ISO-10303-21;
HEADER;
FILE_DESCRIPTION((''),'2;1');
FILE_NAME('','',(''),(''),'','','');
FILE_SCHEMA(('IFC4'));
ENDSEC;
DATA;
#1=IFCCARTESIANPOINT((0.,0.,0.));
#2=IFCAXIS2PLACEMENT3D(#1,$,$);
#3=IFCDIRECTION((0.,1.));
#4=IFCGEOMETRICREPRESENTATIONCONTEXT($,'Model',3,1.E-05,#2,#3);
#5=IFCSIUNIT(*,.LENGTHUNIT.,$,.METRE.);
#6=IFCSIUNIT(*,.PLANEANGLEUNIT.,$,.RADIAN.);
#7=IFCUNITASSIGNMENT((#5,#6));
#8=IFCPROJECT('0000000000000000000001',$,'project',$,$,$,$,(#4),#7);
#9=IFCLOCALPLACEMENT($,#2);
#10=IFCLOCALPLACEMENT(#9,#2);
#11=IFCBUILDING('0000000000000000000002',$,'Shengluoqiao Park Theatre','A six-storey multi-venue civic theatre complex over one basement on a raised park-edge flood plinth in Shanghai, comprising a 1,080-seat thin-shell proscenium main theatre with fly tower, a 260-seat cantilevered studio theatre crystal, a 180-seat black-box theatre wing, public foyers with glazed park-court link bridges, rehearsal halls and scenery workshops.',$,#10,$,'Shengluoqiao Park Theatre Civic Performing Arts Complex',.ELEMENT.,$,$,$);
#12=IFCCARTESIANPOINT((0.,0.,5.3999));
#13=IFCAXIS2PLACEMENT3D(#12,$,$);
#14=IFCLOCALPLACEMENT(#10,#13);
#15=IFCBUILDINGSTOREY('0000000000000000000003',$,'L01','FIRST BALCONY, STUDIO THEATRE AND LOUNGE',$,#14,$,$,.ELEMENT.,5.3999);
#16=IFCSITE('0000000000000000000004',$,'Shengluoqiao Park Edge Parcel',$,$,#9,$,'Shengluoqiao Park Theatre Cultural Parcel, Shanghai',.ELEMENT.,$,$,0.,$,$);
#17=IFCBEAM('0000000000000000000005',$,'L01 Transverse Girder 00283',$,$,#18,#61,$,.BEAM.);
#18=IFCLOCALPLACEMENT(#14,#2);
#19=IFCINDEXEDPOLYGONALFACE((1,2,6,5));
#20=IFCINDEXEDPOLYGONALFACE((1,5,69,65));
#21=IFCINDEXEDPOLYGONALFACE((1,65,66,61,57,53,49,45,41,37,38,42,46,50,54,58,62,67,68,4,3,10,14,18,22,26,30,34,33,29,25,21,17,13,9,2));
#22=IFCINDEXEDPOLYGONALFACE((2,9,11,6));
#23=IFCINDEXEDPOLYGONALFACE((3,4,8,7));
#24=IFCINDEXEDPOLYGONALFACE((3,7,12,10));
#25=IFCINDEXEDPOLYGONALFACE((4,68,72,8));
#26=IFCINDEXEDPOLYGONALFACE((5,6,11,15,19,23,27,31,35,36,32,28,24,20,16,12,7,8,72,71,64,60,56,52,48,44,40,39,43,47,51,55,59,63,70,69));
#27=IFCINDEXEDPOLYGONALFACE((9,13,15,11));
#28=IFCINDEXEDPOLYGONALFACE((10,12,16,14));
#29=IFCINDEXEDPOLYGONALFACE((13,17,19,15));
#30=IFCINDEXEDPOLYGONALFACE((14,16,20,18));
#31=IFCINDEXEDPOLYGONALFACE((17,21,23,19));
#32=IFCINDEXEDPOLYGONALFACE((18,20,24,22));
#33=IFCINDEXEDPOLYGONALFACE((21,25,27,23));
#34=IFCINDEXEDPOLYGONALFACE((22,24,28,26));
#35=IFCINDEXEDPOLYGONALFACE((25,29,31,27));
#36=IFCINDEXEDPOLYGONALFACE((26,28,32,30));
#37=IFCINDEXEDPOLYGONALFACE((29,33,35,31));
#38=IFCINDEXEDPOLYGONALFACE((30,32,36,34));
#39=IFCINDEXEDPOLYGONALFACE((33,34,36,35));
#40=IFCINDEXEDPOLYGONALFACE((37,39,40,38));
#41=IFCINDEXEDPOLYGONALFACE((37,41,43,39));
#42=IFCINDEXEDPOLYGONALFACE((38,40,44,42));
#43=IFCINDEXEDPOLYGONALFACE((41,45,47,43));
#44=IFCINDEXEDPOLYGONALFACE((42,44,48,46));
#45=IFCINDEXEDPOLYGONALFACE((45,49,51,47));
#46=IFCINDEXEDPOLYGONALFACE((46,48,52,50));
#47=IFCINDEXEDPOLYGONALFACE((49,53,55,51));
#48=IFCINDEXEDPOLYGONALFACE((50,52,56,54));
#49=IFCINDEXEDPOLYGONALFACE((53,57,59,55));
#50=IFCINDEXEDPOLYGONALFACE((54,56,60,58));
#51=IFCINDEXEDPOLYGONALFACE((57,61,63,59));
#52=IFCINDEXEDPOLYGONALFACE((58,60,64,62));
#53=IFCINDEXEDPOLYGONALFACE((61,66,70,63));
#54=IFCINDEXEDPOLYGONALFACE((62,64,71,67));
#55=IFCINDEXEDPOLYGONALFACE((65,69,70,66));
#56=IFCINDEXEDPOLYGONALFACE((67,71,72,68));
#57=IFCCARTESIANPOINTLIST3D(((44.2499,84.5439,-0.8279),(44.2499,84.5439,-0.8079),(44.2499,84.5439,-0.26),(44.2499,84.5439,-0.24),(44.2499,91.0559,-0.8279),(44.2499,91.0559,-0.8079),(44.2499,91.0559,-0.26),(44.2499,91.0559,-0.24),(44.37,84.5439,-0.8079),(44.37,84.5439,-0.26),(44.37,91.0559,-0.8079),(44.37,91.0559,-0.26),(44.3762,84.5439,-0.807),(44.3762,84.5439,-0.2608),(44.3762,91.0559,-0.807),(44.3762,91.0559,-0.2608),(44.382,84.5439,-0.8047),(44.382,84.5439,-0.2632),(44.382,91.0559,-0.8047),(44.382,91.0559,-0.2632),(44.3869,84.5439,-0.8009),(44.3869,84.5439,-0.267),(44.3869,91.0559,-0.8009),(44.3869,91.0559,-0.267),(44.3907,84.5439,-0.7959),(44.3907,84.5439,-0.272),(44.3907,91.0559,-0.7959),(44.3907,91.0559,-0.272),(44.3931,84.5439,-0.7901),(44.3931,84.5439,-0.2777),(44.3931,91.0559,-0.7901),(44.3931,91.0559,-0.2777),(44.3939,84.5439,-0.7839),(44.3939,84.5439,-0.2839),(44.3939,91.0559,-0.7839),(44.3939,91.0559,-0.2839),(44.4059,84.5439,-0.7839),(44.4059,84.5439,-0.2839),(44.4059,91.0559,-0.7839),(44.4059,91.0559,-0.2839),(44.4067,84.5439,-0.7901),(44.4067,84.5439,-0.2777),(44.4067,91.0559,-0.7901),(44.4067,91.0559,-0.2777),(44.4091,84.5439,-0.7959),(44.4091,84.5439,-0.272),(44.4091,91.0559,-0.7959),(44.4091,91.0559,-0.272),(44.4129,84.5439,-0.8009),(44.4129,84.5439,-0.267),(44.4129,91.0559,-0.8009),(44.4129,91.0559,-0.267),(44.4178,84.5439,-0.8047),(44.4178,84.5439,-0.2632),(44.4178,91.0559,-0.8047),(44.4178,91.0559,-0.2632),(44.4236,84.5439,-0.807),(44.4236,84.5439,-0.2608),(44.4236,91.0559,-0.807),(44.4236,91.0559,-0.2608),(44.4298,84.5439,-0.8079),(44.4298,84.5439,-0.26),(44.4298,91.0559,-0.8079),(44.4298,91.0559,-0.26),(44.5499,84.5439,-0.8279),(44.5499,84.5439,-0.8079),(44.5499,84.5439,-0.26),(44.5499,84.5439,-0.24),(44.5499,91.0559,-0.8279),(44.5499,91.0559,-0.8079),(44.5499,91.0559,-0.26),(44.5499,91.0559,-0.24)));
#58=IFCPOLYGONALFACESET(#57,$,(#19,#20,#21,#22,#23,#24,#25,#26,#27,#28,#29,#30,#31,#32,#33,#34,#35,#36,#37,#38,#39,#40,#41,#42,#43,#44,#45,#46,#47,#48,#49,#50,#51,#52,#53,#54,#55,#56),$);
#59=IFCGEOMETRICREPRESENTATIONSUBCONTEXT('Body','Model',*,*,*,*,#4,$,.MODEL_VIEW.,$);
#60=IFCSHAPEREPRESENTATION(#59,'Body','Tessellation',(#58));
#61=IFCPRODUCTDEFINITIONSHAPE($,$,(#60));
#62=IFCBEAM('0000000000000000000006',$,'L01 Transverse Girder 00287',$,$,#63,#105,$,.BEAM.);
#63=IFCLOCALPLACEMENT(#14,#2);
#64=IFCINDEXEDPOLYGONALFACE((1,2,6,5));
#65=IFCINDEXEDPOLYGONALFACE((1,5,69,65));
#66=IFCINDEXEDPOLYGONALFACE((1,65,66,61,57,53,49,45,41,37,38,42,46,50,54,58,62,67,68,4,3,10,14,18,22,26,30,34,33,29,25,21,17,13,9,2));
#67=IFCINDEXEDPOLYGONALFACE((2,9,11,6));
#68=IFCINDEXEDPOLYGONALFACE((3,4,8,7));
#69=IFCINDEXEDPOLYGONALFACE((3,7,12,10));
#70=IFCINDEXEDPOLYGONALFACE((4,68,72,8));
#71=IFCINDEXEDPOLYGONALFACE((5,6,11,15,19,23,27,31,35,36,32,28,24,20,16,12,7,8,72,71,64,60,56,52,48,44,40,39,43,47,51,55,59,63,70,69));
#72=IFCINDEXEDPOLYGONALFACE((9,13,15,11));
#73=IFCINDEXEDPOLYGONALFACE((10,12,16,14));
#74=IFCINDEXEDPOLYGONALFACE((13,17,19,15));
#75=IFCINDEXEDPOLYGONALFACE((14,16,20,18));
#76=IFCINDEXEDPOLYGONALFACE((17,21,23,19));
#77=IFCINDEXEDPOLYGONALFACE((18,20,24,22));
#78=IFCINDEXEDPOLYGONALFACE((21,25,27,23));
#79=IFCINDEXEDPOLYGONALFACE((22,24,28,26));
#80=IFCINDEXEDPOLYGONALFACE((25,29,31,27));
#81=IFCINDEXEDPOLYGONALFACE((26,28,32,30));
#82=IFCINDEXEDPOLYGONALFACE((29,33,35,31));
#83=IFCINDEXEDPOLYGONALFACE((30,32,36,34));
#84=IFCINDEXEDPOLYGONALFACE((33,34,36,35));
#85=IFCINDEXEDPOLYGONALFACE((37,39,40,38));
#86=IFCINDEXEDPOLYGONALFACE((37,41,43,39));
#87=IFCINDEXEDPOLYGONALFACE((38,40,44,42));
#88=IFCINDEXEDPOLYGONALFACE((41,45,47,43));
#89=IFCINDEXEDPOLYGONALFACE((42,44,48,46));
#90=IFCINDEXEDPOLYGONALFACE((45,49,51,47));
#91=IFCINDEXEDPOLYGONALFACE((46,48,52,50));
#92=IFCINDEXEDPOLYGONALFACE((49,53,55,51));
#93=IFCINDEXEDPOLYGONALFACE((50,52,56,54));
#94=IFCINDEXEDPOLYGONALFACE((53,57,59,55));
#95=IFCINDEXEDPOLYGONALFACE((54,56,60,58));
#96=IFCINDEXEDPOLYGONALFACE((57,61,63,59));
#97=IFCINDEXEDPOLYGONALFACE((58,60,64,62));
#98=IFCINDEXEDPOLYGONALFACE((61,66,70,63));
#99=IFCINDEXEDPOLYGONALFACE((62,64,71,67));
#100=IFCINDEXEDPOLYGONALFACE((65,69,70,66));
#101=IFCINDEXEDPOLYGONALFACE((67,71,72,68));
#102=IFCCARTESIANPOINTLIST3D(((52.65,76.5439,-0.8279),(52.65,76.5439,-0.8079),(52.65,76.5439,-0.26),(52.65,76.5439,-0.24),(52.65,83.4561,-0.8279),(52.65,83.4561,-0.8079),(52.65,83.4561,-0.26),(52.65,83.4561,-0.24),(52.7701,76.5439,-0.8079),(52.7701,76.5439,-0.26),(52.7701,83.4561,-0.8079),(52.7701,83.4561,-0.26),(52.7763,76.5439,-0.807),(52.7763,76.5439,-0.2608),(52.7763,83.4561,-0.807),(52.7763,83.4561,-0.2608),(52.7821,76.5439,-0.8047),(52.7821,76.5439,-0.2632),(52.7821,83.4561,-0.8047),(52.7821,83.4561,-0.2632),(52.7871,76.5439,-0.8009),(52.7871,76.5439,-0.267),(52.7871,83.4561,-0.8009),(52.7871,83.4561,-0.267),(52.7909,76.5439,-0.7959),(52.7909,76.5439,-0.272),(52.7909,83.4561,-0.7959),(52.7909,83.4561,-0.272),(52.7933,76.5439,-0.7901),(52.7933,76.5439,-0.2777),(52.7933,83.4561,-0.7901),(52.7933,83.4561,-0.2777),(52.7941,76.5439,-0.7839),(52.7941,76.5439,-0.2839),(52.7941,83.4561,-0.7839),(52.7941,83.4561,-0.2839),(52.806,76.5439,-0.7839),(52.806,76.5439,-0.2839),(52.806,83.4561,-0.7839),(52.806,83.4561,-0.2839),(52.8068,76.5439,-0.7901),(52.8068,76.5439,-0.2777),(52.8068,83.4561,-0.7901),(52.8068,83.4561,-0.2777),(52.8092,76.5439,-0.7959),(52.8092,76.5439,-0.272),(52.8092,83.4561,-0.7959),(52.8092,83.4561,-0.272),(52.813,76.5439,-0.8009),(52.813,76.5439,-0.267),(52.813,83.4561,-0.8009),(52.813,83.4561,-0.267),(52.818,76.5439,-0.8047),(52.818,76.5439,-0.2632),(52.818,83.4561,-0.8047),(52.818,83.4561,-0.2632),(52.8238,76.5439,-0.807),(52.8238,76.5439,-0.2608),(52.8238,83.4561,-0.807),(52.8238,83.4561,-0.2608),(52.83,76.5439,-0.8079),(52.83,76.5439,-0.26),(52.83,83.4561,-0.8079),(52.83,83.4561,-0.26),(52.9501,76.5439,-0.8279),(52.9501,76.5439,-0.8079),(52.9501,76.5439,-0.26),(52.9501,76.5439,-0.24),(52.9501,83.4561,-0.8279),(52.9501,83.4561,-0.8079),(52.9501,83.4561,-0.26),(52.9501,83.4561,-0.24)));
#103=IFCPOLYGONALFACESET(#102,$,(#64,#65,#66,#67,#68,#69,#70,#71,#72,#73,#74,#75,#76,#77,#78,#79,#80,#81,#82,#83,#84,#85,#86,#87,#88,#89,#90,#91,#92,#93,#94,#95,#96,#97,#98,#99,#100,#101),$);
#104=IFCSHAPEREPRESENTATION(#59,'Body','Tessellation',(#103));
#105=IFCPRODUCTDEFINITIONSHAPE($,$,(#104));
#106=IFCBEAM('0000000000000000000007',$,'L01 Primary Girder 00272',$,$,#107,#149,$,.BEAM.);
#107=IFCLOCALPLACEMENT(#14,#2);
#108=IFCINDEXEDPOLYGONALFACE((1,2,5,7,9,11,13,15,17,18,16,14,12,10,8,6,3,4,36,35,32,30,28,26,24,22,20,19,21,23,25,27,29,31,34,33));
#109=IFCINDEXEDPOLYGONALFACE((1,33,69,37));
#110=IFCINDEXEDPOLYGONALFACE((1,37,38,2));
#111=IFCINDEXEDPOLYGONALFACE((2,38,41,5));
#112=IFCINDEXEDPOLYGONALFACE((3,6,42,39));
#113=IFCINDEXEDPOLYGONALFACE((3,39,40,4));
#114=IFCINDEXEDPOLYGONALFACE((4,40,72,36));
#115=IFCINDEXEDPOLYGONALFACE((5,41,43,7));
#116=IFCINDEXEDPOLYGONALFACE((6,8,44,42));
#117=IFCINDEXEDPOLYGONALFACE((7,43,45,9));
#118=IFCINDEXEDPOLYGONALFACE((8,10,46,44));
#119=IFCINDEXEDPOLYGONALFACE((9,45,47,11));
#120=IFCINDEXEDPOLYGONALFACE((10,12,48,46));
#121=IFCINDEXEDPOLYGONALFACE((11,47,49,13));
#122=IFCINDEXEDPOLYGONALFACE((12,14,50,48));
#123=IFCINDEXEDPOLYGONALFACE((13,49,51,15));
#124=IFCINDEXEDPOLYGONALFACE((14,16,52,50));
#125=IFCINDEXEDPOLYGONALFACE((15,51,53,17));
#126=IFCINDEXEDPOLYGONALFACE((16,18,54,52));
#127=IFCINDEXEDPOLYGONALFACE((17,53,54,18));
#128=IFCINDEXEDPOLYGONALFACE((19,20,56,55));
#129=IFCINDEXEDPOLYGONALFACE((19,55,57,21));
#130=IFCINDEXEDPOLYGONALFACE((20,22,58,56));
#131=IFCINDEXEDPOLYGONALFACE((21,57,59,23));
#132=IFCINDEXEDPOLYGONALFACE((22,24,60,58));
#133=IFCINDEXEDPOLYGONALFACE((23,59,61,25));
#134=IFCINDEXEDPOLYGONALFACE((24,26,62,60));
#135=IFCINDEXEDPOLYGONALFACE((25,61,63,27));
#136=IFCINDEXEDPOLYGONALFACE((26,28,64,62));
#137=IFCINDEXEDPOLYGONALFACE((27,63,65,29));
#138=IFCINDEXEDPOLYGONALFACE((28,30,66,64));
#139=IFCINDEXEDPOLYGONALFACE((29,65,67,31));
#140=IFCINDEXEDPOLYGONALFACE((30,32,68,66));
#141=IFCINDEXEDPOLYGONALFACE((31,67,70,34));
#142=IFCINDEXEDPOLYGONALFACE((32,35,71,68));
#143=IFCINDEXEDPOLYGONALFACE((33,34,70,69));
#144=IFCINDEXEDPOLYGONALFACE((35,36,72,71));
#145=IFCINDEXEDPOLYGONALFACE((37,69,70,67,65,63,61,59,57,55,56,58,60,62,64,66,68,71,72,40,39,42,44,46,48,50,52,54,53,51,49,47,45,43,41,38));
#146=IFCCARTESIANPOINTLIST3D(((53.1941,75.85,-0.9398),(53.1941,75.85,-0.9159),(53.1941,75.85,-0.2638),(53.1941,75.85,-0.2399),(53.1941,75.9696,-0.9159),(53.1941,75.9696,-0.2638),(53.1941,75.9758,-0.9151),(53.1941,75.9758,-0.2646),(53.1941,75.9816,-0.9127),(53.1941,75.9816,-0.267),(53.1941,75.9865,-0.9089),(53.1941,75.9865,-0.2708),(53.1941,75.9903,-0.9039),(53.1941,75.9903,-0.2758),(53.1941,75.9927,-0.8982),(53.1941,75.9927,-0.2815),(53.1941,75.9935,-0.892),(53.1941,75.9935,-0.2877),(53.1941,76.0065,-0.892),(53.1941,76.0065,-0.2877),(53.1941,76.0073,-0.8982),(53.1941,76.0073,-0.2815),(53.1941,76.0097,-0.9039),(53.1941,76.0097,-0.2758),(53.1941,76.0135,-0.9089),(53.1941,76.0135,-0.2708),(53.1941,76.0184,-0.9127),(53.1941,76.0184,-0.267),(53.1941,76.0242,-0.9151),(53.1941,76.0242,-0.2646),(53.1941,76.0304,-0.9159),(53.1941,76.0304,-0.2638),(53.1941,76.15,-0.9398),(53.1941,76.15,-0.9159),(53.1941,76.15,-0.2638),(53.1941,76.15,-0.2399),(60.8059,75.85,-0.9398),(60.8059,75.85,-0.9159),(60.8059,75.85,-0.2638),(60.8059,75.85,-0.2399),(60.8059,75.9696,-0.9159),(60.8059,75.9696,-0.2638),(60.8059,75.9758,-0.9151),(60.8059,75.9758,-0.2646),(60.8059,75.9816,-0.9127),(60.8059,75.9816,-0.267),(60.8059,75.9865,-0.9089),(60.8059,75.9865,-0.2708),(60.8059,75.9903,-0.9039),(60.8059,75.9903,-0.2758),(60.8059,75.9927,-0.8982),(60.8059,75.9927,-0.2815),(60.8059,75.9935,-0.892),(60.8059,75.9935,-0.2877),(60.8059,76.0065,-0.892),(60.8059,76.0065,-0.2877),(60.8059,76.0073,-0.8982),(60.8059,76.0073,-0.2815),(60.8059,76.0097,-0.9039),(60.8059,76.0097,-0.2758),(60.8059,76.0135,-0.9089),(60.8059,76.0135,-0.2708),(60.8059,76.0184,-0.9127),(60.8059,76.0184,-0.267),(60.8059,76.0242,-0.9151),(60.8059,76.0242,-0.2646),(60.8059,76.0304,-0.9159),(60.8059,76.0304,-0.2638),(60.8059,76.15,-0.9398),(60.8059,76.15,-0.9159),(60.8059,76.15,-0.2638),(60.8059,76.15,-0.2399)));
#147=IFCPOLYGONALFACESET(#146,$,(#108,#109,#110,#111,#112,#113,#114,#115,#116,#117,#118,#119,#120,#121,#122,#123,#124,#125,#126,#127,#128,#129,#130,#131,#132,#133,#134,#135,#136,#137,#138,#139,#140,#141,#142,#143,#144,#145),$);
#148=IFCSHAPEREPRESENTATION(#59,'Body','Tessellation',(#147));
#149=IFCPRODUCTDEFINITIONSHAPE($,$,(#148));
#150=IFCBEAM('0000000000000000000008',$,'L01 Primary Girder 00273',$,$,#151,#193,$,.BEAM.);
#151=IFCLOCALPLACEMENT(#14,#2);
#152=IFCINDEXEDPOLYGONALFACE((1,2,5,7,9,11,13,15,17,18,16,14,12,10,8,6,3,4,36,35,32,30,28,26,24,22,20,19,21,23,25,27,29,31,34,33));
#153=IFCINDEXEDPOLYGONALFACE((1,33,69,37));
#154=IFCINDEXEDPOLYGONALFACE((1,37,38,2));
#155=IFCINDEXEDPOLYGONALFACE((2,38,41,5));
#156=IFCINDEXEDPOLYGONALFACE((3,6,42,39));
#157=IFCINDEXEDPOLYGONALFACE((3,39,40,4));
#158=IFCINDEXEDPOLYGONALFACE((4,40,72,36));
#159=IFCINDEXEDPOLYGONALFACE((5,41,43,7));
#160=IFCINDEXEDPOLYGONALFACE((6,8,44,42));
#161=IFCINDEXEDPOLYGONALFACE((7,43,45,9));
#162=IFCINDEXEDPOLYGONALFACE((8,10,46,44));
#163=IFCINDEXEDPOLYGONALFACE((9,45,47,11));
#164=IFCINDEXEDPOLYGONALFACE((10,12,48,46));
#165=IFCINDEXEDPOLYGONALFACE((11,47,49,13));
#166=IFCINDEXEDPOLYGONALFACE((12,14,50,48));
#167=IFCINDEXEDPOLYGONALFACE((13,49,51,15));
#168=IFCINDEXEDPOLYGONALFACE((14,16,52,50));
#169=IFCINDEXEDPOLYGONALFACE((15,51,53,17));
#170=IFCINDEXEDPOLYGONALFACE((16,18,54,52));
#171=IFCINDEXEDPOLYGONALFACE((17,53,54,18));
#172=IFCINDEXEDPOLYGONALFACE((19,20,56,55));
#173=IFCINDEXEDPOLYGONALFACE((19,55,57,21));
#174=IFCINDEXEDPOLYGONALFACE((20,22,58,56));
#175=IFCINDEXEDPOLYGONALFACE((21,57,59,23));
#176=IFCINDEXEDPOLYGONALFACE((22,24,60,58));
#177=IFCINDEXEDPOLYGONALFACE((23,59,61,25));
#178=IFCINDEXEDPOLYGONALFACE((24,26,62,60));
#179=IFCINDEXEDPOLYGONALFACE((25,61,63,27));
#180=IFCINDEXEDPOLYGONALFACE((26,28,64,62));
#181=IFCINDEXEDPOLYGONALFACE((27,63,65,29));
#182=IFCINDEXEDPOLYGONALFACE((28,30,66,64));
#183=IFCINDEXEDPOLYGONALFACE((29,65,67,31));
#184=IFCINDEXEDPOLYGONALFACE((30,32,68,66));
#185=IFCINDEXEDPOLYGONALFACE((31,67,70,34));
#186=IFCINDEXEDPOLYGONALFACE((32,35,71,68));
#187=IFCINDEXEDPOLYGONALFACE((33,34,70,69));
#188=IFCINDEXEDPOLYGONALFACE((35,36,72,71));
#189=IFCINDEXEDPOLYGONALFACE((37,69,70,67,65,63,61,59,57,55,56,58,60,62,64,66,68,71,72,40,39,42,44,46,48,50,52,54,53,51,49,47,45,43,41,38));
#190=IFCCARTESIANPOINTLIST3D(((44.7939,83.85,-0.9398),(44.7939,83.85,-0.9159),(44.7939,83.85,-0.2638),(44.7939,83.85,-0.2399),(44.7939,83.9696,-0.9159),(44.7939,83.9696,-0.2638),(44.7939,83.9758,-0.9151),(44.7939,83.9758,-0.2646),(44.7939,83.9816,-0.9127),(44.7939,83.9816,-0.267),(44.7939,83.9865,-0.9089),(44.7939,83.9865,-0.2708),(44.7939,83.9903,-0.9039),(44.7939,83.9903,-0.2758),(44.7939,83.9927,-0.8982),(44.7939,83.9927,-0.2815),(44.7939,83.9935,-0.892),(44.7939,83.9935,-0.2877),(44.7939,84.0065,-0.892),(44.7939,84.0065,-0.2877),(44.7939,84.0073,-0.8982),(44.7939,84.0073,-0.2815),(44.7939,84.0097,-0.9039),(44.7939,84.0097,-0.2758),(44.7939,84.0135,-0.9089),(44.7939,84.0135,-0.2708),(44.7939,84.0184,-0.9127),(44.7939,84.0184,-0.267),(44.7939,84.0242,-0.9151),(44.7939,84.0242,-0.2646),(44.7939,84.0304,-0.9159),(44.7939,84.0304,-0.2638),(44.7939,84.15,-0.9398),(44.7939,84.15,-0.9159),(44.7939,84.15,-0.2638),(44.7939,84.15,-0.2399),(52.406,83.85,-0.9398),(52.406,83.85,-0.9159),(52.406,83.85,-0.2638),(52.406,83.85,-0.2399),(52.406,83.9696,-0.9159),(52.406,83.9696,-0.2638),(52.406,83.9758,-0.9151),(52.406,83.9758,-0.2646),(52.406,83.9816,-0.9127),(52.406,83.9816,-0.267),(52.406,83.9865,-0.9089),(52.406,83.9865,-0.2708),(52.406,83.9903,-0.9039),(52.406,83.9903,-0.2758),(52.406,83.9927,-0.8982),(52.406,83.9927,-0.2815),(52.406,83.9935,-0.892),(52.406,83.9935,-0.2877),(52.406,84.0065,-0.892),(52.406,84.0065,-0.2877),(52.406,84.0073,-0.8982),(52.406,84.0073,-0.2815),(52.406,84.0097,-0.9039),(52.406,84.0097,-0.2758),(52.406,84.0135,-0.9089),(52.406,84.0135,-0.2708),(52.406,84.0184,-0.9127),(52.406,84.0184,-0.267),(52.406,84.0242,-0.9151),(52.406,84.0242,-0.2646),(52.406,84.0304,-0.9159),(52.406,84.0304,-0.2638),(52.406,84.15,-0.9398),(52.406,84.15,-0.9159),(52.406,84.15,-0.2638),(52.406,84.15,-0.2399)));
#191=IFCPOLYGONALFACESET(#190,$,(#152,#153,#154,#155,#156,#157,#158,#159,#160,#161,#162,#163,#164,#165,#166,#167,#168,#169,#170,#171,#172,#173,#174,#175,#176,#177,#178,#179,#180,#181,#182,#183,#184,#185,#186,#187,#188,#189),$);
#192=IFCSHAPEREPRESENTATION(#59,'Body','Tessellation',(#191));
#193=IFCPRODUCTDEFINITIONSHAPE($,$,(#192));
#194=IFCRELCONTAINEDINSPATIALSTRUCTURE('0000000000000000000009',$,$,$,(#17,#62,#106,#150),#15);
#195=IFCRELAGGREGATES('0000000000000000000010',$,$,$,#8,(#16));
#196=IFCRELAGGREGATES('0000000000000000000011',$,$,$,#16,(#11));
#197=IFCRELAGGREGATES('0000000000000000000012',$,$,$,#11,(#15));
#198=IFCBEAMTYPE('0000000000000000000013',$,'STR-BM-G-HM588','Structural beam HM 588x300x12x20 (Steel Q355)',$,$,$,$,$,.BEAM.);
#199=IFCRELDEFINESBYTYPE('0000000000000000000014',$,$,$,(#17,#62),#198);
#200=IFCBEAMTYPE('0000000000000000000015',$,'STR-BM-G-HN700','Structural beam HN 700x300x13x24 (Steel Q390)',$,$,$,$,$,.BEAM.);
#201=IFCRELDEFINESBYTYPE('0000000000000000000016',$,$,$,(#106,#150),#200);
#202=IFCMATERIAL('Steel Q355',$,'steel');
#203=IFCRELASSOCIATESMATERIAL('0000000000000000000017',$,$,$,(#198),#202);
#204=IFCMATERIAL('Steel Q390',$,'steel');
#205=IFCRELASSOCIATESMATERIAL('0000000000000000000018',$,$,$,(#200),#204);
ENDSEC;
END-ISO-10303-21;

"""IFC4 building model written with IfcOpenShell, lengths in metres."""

from ifc_helpers import new_model, si_unit, direction, frame, origin, origin_2d, place, context, subcontext, project, spatial, i_section, extrude, material, material_profile, profile_set, type_object, element, save


model = new_model("IFC4")

# Units and contexts
model_context = context("Model", 3, precision=1e-05, world=origin(), true_north=direction((0.0, 1.0)))
body_context = subcontext(model_context, "Body", "Model", "MODEL_VIEW")
ifc_project = project(units=[si_unit("LENGTHUNIT", "METRE"), si_unit("PLANEANGLEUNIT", "RADIAN")], contexts=[model_context])

# Site, building, storey
site_placement = place(None, origin())
site = spatial("IfcSite", under=ifc_project, at=site_placement, Name="Shengluoqiao Park Edge Parcel", LongName="Shengluoqiao Park Theatre Cultural Parcel, Shanghai", CompositionType="ELEMENT", RefElevation=0.0)
building_placement = place(site_placement, origin())
building = spatial("IfcBuilding", under=site, at=building_placement, Name="Shengluoqiao Park Theatre", Description="A six-storey multi-venue civic theatre complex over one basement on a raised park-edge flood plinth in Shanghai, comprising a 1,080-seat thin-shell proscenium main theatre with fly tower, a 260-seat cantilevered studio theatre crystal, a 180-seat black-box theatre wing, public foyers with glazed park-court link bridges, rehearsal halls and scenery workshops.", LongName="Shengluoqiao Park Theatre Civic Performing Arts Complex", CompositionType="ELEMENT")
storey_placement = place(building_placement, frame((0.0, 0.0, 5.3999)))
storey = spatial("IfcBuildingStorey", under=building, at=storey_placement, Name="L01", Description="FIRST BALCONY, STUDIO THEATRE AND LOUNGE", CompositionType="ELEMENT", Elevation=5.3999)

# Beams
ifc_material_1 = material(Name="Steel Q355", Category="steel")
ifc_material_profile_1 = material_profile(ifc_material_1, i_section(OverallWidth=0.3, OverallDepth=0.5879, WebThickness=0.012, FlangeThickness=0.02, FilletRadius=0.0239, at=origin_2d()), Name="HM 588x300x12x20")
ifc_profile_set_1 = profile_set([ifc_material_profile_1], Name="Steel Q355")
beam_type_1 = type_object("IfcBeamType", Name="STR-BM-G-HM588", Description="Structural beam HM 588x300x12x20 (Steel Q355)", PredefinedType="BEAM", material=ifc_profile_set_1)
beam_1_placement = place(storey_placement, frame((44.3999, 84.5439, -0.5339), z_axis=(0.0, 1.0, 0.0), x_axis=(-1.0, 0.0, 0.0)))
element("IfcBeam", 1, at=beam_1_placement, inside=storey, type_object=beam_type_1, Name="L01 Transverse Girder 00283", PredefinedType="BEAM", context=body_context, shape_type="SweptSolid", body=[
    extrude(i_section(OverallWidth=0.3, OverallDepth=0.5879, WebThickness=0.012, FlangeThickness=0.02, FilletRadius=0.0239, at=origin_2d()), origin(), (0.0, 0.0, 1.0), 6.512),
])
beam_2_placement = place(storey_placement, frame((52.8, 76.5439, -0.5339), z_axis=(0.0, 1.0, 0.0), x_axis=(-1.0, 0.0, 0.0)))
element("IfcBeam", 2, at=beam_2_placement, inside=storey, type_object=beam_type_1, Name="L01 Transverse Girder 00287", PredefinedType="BEAM", context=body_context, shape_type="SweptSolid", body=[
    extrude(i_section(OverallWidth=0.3, OverallDepth=0.5879, WebThickness=0.012, FlangeThickness=0.02, FilletRadius=0.0239, at=origin_2d()), origin(), (0.0, 0.0, 1.0), 6.9121),
])
ifc_material_2 = material(Name="Steel Q390", Category="steel")
ifc_material_profile_2 = material_profile(ifc_material_2, i_section(OverallWidth=0.3, OverallDepth=0.7, WebThickness=0.0129, FlangeThickness=0.0239, FilletRadius=0.0239, at=origin_2d()), Name="HN 700x300x13x24")
ifc_profile_set_2 = profile_set([ifc_material_profile_2], Name="Steel Q390")
beam_type_2 = type_object("IfcBeamType", Name="STR-BM-G-HN700", Description="Structural beam HN 700x300x13x24 (Steel Q390)", PredefinedType="BEAM", material=ifc_profile_set_2)
beam_3_placement = place(storey_placement, frame((53.1941, 76.0, -0.5898), z_axis=(1.0, 0.0, 0.0), x_axis=(0.0, 1.0, 0.0)))
element("IfcBeam", 3, at=beam_3_placement, inside=storey, type_object=beam_type_2, Name="L01 Primary Girder 00272", PredefinedType="BEAM", context=body_context, shape_type="SweptSolid", body=[
    extrude(i_section(OverallWidth=0.3, OverallDepth=0.7, WebThickness=0.0129, FlangeThickness=0.0239, FilletRadius=0.0239, at=origin_2d()), origin(), (0.0, 0.0, 1.0), 7.6118),
])
beam_4_placement = place(storey_placement, frame((44.7939, 84.0, -0.5898), z_axis=(1.0, 0.0, 0.0), x_axis=(0.0, 1.0, 0.0)))
element("IfcBeam", 4, at=beam_4_placement, inside=storey, type_object=beam_type_2, Name="L01 Primary Girder 00273", PredefinedType="BEAM", context=body_context, shape_type="SweptSolid", body=[
    extrude(i_section(OverallWidth=0.3, OverallDepth=0.7, WebThickness=0.0129, FlangeThickness=0.0239, FilletRadius=0.0239, at=origin_2d()), origin(), (0.0, 0.0, 1.0), 7.6121),
])

save(model, "model.ifc")
